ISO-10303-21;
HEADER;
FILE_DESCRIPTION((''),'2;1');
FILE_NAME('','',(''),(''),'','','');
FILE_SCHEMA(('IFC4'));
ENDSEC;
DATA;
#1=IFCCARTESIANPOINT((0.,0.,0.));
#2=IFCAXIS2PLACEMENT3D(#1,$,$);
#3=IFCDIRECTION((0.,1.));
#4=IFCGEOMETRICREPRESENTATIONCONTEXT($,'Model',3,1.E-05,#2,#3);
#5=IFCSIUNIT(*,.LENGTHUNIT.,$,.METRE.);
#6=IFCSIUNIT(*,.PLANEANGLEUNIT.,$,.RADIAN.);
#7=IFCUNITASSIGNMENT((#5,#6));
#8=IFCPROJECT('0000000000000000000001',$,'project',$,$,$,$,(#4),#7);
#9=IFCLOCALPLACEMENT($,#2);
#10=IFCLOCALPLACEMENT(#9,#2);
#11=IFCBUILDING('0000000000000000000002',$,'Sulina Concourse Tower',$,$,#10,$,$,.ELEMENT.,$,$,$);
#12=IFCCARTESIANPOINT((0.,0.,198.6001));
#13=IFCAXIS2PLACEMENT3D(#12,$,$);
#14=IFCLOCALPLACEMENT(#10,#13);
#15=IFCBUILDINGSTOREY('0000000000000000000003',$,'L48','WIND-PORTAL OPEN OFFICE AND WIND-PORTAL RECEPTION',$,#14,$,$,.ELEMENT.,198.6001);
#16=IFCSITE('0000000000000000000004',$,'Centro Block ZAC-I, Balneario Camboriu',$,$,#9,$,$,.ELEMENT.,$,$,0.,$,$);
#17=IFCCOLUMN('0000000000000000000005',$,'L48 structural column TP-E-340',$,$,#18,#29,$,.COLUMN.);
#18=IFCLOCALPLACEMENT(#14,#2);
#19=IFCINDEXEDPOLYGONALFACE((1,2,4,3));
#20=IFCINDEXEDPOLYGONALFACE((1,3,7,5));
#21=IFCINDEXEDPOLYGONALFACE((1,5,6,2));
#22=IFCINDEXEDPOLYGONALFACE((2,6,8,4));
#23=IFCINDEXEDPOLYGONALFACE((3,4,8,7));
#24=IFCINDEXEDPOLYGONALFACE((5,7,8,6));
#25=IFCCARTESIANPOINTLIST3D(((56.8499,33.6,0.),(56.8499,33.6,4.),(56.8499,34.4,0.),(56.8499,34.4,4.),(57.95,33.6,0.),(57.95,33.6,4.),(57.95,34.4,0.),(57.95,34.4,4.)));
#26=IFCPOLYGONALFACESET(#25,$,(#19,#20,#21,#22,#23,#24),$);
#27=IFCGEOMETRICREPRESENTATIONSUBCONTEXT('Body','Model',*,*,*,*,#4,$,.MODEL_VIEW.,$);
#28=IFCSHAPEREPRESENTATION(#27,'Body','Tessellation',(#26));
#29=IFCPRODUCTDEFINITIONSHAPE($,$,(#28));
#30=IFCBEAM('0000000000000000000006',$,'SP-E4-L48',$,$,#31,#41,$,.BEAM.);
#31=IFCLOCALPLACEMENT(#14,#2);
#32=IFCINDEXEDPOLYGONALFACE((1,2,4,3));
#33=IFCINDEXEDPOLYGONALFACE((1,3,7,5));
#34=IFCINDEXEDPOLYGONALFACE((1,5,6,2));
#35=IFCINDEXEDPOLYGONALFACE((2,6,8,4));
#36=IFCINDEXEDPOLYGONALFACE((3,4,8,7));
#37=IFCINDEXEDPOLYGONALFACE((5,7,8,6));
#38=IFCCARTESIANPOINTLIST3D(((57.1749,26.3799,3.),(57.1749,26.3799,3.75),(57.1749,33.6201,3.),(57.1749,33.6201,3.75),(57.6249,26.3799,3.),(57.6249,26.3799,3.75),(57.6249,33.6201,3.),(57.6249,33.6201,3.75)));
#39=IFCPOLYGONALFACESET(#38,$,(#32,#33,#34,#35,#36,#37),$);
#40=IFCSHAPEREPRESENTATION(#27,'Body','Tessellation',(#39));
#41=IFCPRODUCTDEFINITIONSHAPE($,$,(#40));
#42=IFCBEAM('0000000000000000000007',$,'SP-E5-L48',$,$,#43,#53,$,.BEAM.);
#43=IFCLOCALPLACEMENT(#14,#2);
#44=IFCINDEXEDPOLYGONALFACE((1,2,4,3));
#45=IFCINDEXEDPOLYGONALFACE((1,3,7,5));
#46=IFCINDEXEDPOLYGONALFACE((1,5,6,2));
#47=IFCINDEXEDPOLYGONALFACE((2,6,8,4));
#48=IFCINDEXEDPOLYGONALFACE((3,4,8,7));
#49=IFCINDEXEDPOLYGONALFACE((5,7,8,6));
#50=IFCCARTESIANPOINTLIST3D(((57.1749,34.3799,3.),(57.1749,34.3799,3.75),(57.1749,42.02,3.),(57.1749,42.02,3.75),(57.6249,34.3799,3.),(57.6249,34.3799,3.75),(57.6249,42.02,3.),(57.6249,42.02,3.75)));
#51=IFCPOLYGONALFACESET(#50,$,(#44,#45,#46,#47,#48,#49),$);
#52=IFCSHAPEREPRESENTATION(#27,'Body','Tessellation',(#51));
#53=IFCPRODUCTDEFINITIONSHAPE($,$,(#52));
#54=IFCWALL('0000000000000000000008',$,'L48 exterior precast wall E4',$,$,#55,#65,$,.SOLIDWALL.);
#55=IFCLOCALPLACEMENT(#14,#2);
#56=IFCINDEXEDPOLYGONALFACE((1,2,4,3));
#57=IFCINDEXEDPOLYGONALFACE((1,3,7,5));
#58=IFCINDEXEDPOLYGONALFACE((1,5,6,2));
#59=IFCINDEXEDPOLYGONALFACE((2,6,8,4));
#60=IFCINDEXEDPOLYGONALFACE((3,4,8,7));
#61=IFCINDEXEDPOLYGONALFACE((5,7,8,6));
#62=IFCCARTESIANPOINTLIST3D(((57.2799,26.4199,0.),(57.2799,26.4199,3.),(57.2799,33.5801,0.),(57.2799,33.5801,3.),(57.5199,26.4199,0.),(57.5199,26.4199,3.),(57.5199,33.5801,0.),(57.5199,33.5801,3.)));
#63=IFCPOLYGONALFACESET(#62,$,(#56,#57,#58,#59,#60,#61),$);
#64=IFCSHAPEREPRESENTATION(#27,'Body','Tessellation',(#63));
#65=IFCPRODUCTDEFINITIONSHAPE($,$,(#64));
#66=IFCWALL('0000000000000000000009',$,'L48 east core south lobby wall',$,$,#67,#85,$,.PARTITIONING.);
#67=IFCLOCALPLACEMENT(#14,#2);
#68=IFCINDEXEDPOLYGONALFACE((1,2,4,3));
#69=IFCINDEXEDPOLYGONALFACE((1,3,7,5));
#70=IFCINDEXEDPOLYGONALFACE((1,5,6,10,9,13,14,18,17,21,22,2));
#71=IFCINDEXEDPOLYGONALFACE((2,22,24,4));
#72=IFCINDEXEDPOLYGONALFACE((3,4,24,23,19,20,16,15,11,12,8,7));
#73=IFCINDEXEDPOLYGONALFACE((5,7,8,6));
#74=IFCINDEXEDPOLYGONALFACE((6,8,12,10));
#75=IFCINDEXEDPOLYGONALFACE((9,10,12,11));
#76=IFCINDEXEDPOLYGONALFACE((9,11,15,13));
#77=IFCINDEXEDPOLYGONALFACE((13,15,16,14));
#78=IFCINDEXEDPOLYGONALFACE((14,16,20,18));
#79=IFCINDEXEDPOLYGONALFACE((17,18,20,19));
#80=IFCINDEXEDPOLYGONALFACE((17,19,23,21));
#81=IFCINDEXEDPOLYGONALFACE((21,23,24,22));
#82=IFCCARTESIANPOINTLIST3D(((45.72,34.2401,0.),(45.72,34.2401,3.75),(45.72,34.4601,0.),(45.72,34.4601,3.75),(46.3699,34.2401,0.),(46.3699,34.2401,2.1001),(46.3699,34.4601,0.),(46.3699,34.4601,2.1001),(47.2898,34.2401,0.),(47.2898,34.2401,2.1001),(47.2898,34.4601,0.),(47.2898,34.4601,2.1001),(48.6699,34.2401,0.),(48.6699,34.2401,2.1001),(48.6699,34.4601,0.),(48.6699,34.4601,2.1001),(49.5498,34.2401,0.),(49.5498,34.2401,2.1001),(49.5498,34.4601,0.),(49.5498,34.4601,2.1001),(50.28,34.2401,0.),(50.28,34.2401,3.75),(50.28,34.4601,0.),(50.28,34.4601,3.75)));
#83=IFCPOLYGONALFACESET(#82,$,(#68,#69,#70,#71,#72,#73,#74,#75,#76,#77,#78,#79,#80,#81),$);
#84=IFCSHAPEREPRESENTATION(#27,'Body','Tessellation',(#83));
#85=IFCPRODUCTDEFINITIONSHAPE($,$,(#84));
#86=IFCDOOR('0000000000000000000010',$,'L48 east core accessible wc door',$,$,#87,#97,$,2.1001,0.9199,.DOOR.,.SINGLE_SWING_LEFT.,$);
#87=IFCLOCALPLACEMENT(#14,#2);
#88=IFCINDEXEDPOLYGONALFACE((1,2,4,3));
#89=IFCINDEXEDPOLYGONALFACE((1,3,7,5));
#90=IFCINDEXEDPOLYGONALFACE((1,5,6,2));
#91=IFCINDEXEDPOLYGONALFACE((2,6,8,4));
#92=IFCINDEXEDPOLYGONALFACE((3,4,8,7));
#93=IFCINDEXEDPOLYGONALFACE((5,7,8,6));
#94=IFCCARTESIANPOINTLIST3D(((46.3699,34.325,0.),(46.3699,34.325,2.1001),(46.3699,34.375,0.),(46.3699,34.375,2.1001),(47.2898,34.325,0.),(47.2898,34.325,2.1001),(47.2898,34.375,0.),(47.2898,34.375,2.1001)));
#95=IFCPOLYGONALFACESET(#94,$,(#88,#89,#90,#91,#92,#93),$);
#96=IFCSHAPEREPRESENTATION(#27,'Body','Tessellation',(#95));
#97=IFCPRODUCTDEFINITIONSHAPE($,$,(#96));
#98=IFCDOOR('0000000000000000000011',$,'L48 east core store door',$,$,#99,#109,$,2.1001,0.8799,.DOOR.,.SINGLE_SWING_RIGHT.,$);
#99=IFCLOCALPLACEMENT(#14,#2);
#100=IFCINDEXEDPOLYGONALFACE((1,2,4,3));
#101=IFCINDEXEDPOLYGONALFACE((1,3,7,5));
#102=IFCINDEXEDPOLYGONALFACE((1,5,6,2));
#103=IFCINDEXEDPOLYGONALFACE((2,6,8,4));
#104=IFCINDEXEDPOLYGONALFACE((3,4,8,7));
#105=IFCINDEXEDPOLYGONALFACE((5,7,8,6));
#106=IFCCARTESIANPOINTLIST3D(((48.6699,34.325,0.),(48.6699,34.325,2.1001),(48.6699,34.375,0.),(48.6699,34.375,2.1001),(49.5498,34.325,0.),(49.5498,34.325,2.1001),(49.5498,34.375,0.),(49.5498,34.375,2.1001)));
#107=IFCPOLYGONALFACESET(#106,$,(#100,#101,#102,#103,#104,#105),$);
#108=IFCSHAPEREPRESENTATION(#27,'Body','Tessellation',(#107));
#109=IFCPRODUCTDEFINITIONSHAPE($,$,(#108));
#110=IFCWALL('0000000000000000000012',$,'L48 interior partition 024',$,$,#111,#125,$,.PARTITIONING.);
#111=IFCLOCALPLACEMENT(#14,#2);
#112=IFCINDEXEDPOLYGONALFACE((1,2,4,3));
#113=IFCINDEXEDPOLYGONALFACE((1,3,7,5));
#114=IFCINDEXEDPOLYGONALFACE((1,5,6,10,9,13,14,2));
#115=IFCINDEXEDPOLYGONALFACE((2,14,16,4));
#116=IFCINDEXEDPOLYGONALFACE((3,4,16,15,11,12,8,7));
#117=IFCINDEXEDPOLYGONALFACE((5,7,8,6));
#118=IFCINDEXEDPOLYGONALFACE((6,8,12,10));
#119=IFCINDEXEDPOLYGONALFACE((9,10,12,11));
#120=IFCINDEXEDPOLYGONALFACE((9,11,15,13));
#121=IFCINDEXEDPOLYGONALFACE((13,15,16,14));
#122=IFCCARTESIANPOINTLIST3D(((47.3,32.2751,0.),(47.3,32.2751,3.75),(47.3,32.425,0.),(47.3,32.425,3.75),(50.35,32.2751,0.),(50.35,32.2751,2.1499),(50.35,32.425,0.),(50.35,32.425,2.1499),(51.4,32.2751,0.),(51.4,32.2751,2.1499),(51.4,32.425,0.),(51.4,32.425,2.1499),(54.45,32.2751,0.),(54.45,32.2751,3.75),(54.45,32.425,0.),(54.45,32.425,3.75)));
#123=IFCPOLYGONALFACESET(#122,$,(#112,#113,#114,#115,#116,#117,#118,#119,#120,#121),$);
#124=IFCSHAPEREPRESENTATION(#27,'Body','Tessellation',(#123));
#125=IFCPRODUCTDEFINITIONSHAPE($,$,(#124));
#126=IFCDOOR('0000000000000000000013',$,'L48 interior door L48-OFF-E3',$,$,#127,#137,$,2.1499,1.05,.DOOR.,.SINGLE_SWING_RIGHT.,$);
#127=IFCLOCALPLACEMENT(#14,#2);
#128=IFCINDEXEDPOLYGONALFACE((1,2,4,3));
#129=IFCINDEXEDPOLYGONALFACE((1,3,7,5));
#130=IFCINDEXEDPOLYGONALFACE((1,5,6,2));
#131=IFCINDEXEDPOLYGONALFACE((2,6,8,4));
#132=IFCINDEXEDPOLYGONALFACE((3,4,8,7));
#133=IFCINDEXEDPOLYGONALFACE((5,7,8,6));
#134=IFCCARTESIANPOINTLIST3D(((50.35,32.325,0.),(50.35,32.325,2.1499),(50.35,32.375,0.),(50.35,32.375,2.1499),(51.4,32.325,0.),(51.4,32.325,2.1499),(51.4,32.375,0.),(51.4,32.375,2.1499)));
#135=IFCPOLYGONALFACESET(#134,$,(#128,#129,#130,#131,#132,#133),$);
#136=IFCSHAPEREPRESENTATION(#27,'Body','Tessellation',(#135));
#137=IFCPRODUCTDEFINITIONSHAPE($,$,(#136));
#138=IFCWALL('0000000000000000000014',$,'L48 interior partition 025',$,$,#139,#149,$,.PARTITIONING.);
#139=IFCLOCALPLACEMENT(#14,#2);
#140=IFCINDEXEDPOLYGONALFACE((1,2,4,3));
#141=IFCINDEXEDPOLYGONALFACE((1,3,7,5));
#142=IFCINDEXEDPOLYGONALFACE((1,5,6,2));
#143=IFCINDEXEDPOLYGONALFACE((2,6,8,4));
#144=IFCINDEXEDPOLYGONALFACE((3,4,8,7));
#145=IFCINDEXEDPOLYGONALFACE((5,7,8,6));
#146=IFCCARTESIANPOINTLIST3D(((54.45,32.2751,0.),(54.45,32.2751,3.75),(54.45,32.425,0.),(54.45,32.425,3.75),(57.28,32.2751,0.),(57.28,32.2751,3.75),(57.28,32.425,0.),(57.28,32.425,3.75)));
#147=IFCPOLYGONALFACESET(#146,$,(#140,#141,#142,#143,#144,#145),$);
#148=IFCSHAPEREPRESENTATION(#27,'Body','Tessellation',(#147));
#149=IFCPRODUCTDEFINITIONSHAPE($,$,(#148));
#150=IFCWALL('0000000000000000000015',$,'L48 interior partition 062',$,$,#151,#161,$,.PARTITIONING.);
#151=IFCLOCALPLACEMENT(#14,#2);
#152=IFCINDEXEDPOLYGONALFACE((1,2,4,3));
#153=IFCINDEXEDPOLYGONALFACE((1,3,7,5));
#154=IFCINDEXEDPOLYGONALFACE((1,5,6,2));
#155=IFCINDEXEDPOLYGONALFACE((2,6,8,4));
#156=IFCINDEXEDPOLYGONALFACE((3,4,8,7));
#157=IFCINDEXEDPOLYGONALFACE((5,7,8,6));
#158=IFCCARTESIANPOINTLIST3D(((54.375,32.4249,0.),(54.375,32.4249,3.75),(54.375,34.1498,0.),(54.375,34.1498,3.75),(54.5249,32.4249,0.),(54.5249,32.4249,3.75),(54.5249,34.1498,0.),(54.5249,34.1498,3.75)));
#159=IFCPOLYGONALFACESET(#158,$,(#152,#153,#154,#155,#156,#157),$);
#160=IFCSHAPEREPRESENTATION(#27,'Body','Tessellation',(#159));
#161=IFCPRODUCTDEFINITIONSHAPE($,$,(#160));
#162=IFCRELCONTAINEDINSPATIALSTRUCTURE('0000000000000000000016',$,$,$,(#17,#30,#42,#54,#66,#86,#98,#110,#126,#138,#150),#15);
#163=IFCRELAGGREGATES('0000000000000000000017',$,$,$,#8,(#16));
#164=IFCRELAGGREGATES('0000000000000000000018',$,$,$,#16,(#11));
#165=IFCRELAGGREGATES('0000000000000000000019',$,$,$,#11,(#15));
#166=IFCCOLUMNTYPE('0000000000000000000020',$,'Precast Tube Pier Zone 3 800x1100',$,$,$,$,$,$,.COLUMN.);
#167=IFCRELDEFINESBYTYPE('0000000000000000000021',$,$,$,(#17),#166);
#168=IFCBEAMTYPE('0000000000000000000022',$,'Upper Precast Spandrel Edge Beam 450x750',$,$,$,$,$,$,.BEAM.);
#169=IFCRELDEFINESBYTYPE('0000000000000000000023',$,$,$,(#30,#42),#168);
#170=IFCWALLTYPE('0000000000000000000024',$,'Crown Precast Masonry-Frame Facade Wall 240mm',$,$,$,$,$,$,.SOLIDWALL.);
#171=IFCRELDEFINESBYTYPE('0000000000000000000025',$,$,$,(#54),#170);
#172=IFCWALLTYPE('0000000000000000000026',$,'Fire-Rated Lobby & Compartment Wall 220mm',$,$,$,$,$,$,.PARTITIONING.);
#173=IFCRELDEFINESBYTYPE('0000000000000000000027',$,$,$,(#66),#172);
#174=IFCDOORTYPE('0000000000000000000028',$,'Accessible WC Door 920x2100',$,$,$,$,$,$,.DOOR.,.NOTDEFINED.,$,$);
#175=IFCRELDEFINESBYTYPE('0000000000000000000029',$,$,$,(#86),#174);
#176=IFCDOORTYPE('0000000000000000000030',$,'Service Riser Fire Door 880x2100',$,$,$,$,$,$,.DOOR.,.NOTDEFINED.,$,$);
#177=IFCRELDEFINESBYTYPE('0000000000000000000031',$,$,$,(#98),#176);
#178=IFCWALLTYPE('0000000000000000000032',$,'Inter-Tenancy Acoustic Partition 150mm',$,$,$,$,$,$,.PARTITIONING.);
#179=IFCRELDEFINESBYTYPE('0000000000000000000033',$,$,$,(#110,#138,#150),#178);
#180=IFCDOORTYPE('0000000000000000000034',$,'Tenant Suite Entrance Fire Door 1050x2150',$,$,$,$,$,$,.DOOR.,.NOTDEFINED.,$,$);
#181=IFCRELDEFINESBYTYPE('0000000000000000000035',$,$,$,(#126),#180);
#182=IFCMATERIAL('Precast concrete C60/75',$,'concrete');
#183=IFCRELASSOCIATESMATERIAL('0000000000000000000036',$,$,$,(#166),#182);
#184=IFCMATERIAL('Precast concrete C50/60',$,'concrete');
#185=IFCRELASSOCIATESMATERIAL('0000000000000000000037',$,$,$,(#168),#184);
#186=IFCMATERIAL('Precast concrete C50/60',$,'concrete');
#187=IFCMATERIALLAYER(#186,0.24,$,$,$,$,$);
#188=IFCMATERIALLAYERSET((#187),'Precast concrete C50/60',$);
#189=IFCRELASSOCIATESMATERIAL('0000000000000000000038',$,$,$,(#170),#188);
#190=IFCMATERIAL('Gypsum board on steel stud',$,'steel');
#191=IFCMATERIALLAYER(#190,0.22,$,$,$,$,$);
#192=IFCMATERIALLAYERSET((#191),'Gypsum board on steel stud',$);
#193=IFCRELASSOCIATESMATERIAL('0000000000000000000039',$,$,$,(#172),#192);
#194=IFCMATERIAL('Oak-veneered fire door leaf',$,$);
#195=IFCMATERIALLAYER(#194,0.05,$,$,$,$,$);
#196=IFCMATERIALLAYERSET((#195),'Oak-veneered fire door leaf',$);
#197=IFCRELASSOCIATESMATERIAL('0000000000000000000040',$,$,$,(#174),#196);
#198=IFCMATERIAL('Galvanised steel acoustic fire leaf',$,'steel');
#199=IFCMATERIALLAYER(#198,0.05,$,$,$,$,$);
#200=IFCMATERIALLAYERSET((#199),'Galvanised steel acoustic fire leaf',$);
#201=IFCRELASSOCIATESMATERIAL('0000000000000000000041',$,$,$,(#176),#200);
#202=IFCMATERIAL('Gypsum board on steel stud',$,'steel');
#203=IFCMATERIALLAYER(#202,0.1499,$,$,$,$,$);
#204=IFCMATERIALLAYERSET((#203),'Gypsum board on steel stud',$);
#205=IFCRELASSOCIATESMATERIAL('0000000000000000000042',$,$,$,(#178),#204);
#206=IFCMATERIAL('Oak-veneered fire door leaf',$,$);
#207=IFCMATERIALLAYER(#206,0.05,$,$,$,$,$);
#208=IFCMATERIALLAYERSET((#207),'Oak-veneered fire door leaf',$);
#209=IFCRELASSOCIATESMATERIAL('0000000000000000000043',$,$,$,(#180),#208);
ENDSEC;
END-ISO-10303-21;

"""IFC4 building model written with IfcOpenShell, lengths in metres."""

from ifc_helpers import new_model, si_unit, direction, frame, frame_2d, origin, origin_2d, place, context, subcontext, project, spatial, rectangle, extrude, material, layer, layer_set, material_profile, profile_set, type_object, element, fill, save


model = new_model("IFC4")

# Units and contexts
model_context = context("Model", 3, precision=1e-05, world=origin(), true_north=direction((0.0, 1.0)))
body_context = subcontext(model_context, "Body", "Model", "MODEL_VIEW")
ifc_project = project(units=[si_unit("LENGTHUNIT", "METRE"), si_unit("PLANEANGLEUNIT", "RADIAN")], contexts=[model_context])

# Site, building, storey
site_placement = place(None, origin())
site = spatial("IfcSite", under=ifc_project, at=site_placement, Name="Centro Block ZAC-I, Balneario Camboriu", CompositionType="ELEMENT", RefElevation=0.0)
building_placement = place(site_placement, origin())
building = spatial("IfcBuilding", under=site, at=building_placement, Name="Sulina Concourse Tower", CompositionType="ELEMENT")
storey_placement = place(building_placement, frame((0.0, 0.0, 198.6001)))
storey = spatial("IfcBuildingStorey", under=building, at=storey_placement, Name="L48", Description="WIND-PORTAL OPEN OFFICE AND WIND-PORTAL RECEPTION", CompositionType="ELEMENT", Elevation=198.6001)

# Column
ifc_material_1 = material(Name="Precast concrete C60/75", Category="concrete")
ifc_material_profile_1 = material_profile(ifc_material_1, rectangle(XDim=0.8, YDim=1.1001, at=origin_2d()), Name="PC 800x1100")
ifc_profile_set_1 = profile_set([ifc_material_profile_1], Name="Precast concrete C60/75")
column_type = type_object("IfcColumnType", Name="Precast Tube Pier Zone 3 800x1100", PredefinedType="COLUMN", material=ifc_profile_set_1)
column_placement = place(storey_placement, frame((57.3999, 34.0, 0.0), z_axis=(0.0, 0.0, 1.0), x_axis=(0.0, 1.0, 0.0)))
element("IfcColumn", 1, at=column_placement, inside=storey, type_object=column_type, Name="L48 structural column TP-E-340", PredefinedType="COLUMN", context=body_context, shape_type="SweptSolid", body=[
    extrude(rectangle(XDim=0.8, YDim=1.1001, at=origin_2d()), origin(), (0.0, 0.0, 1.0), 4.0),
])

# Beams
ifc_material_2 = material(Name="Precast concrete C50/60", Category="concrete")
ifc_material_profile_2 = material_profile(ifc_material_2, rectangle(XDim=0.45, YDim=0.75, at=origin_2d()), Name="RC 450x750")
ifc_profile_set_2 = profile_set([ifc_material_profile_2], Name="Precast concrete C50/60")
beam_type = type_object("IfcBeamType", Name="Upper Precast Spandrel Edge Beam 450x750", PredefinedType="BEAM", material=ifc_profile_set_2)
beam_1_placement = place(storey_placement, frame((57.3999, 26.3799, 3.375), z_axis=(0.0, 1.0, 0.0), x_axis=(-1.0, 0.0, 0.0)))
element("IfcBeam", 2, at=beam_1_placement, inside=storey, type_object=beam_type, Name="SP-E4-L48", PredefinedType="BEAM", context=body_context, shape_type="SweptSolid", body=[
    extrude(rectangle(XDim=0.45, YDim=0.75, at=origin_2d()), origin(), (0.0, 0.0, 1.0), 7.2402),
])
beam_2_placement = place(storey_placement, frame((57.3999, 34.3799, 3.375), z_axis=(0.0, 1.0, 0.0), x_axis=(-1.0, 0.0, 0.0)))
element("IfcBeam", 3, at=beam_2_placement, inside=storey, type_object=beam_type, Name="SP-E5-L48", PredefinedType="BEAM", context=body_context, shape_type="SweptSolid", body=[
    extrude(rectangle(XDim=0.45, YDim=0.75, at=origin_2d()), origin(), (0.0, 0.0, 1.0), 7.6401),
])

# Wall
ifc_material_3 = material(Name="Precast concrete C50/60", Category="concrete")
ifc_layer_1 = layer(ifc_material_3, 0.24)
ifc_layer_set_1 = layer_set([ifc_layer_1], Name="Precast concrete C50/60")
wall_type_1 = type_object("IfcWallType", Name="Crown Precast Masonry-Frame Facade Wall 240mm", PredefinedType="SOLIDWALL", material=ifc_layer_set_1)
wall_1_placement = place(storey_placement, frame((57.3999, 33.5801, 0.0), z_axis=(0.0, 0.0, 1.0), x_axis=(0.0, -1.0, 0.0)))
element("IfcWall", 4, at=wall_1_placement, inside=storey, type_object=wall_type_1, Name="L48 exterior precast wall E4", PredefinedType="SOLIDWALL", context=body_context, shape_type="SweptSolid", body=[
    extrude(rectangle(XDim=7.1602, YDim=0.24, at=frame_2d((3.5801, 0.0))), origin(), (0.0, 0.0, 1.0), 3.0),
])

# Wall, openings, doors
ifc_material_4 = material(Name="Gypsum board on steel stud", Category="steel")
ifc_layer_2 = layer(ifc_material_4, 0.22)
ifc_layer_set_2 = layer_set([ifc_layer_2], Name="Gypsum board on steel stud")
wall_type_2 = type_object("IfcWallType", Name="Fire-Rated Lobby & Compartment Wall 220mm", PredefinedType="PARTITIONING", material=ifc_layer_set_2)
wall_2_placement = place(storey_placement, frame((45.72, 34.3501, 0.0), z_axis=(0.0, 0.0, 1.0), x_axis=(1.0, 0.0, 0.0)))
wall_2 = element("IfcWall", 5, at=wall_2_placement, inside=storey, type_object=wall_type_2, Name="L48 east core south lobby wall", PredefinedType="PARTITIONING", context=body_context, shape_type="SweptSolid", body=[
    extrude(rectangle(XDim=4.5601, YDim=0.22, at=frame_2d((2.28, 0.0))), origin(), (0.0, 0.0, 1.0), 3.75),
])
opening_1_placement = place(wall_2_placement, frame((0.6499, 0.0, 0.0)))
opening_1 = element("IfcOpeningElement", 6, at=opening_1_placement, cuts=wall_2, PredefinedType="OPENING", context=body_context, shape_type="SweptSolid", body=[
    extrude(rectangle(XDim=0.9199, YDim=2.1001, at=frame_2d((0.46, 1.05))), frame((0.0, 0.1199, 0.0), z_axis=(0.0, -1.0, 0.0), x_axis=(1.0, 0.0, 0.0)), (0.0, 0.0, 1.0), 0.24),
])
opening_2_placement = place(wall_2_placement, frame((2.95, 0.0, 0.0)))
opening_2 = element("IfcOpeningElement", 7, at=opening_2_placement, cuts=wall_2, PredefinedType="OPENING", context=body_context, shape_type="SweptSolid", body=[
    extrude(rectangle(XDim=0.8799, YDim=2.1001, at=frame_2d((0.4399, 1.05))), frame((0.0, 0.1199, 0.0), z_axis=(0.0, -1.0, 0.0), x_axis=(1.0, 0.0, 0.0)), (0.0, 0.0, 1.0), 0.24),
])
ifc_material_5 = material(Name="Oak-veneered fire door leaf")
ifc_layer_3 = layer(ifc_material_5, 0.05)
ifc_layer_set_3 = layer_set([ifc_layer_3], Name="Oak-veneered fire door leaf")
door_type_1 = type_object("IfcDoorType", Name="Accessible WC Door 920x2100", OperationType="NOTDEFINED", PredefinedType="DOOR", material=ifc_layer_set_3)
door_1_placement = place(opening_1_placement, origin())
door_1 = element("IfcDoor", 8, at=door_1_placement, inside=storey, type_object=door_type_1, Name="L48 east core accessible wc door", OperationType="SINGLE_SWING_LEFT", OverallHeight=2.1001, OverallWidth=0.9199, PredefinedType="DOOR", context=body_context, shape_type="SweptSolid", body=[
    extrude(rectangle(XDim=0.9199, YDim=2.1001, at=frame_2d((0.46, 1.05))), frame((0.0, 0.0249, 0.0), z_axis=(0.0, -1.0, 0.0), x_axis=(1.0, 0.0, 0.0)), (0.0, 0.0, 1.0), 0.05),
])
fill(opening_1, door_1)
ifc_material_6 = material(Name="Galvanised steel acoustic fire leaf", Category="steel")
ifc_layer_4 = layer(ifc_material_6, 0.05)
ifc_layer_set_4 = layer_set([ifc_layer_4], Name="Galvanised steel acoustic fire leaf")
door_type_2 = type_object("IfcDoorType", Name="Service Riser Fire Door 880x2100", OperationType="NOTDEFINED", PredefinedType="DOOR", material=ifc_layer_set_4)
door_2_placement = place(opening_2_placement, origin())
door_2 = element("IfcDoor", 9, at=door_2_placement, inside=storey, type_object=door_type_2, Name="L48 east core store door", OperationType="SINGLE_SWING_RIGHT", OverallHeight=2.1001, OverallWidth=0.8799, PredefinedType="DOOR", context=body_context, shape_type="SweptSolid", body=[
    extrude(rectangle(XDim=0.8799, YDim=2.1001, at=frame_2d((0.4399, 1.05))), frame((0.0, 0.0249, 0.0), z_axis=(0.0, -1.0, 0.0), x_axis=(1.0, 0.0, 0.0)), (0.0, 0.0, 1.0), 0.05),
])
fill(opening_2, door_2)

# Wall, opening, door
ifc_material_7 = material(Name="Gypsum board on steel stud", Category="steel")
ifc_layer_5 = layer(ifc_material_7, 0.1499)
ifc_layer_set_5 = layer_set([ifc_layer_5], Name="Gypsum board on steel stud")
wall_type_3 = type_object("IfcWallType", Name="Inter-Tenancy Acoustic Partition 150mm", PredefinedType="PARTITIONING", material=ifc_layer_set_5)
wall_3_placement = place(storey_placement, frame((47.3, 32.3501, 0.0), z_axis=(0.0, 0.0, 1.0), x_axis=(1.0, 0.0, 0.0)))
wall_3 = element("IfcWall", 10, at=wall_3_placement, inside=storey, type_object=wall_type_3, Name="L48 interior partition 024", PredefinedType="PARTITIONING", context=body_context, shape_type="SweptSolid", body=[
    extrude(rectangle(XDim=7.1499, YDim=0.1499, at=frame_2d((3.575, 0.0))), origin(), (0.0, 0.0, 1.0), 3.75),
])
opening_3_placement = place(wall_3_placement, frame((3.05, 0.0, 0.0)))
opening_3 = element("IfcOpeningElement", 11, at=opening_3_placement, cuts=wall_3, PredefinedType="OPENING", context=body_context, shape_type="SweptSolid", body=[
    extrude(rectangle(XDim=1.05, YDim=2.1499, at=frame_2d((0.5249, 1.075))), frame((0.0, 0.085, 0.0), z_axis=(0.0, -1.0, 0.0), x_axis=(1.0, 0.0, 0.0)), (0.0, 0.0, 1.0), 0.1699),
])
ifc_material_8 = material(Name="Oak-veneered fire door leaf")
ifc_layer_6 = layer(ifc_material_8, 0.05)
ifc_layer_set_6 = layer_set([ifc_layer_6], Name="Oak-veneered fire door leaf")
door_type_3 = type_object("IfcDoorType", Name="Tenant Suite Entrance Fire Door 1050x2150", OperationType="NOTDEFINED", PredefinedType="DOOR", material=ifc_layer_set_6)
door_3_placement = place(opening_3_placement, origin())
door_3 = element("IfcDoor", 12, at=door_3_placement, inside=storey, type_object=door_type_3, Name="L48 interior door L48-OFF-E3", OperationType="SINGLE_SWING_RIGHT", OverallHeight=2.1499, OverallWidth=1.05, PredefinedType="DOOR", context=body_context, shape_type="SweptSolid", body=[
    extrude(rectangle(XDim=1.05, YDim=2.1499, at=frame_2d((0.5249, 1.075))), frame((0.0, 0.0249, 0.0), z_axis=(0.0, -1.0, 0.0), x_axis=(1.0, 0.0, 0.0)), (0.0, 0.0, 1.0), 0.05),
])
fill(opening_3, door_3)

# Walls
wall_4_placement = place(storey_placement, frame((54.45, 32.3501, 0.0), z_axis=(0.0, 0.0, 1.0), x_axis=(1.0, 0.0, 0.0)))
element("IfcWall", 13, at=wall_4_placement, inside=storey, type_object=wall_type_3, Name="L48 interior partition 025", PredefinedType="PARTITIONING", context=body_context, shape_type="SweptSolid", body=[
    extrude(rectangle(XDim=2.8301, YDim=0.1499, at=frame_2d((1.415, 0.0))), origin(), (0.0, 0.0, 1.0), 3.75),
])
wall_5_placement = place(storey_placement, frame((54.45, 32.425, 0.0), z_axis=(0.0, 0.0, 1.0), x_axis=(0.0, 1.0, 0.0)))
element("IfcWall", 14, at=wall_5_placement, inside=storey, type_object=wall_type_3, Name="L48 interior partition 062", PredefinedType="PARTITIONING", context=body_context, shape_type="SweptSolid", body=[
    extrude(rectangle(XDim=1.7249, YDim=0.1499, at=frame_2d((0.8623, 0.0))), origin(), (0.0, 0.0, 1.0), 3.75),
])

save(model, "model.ifc")
